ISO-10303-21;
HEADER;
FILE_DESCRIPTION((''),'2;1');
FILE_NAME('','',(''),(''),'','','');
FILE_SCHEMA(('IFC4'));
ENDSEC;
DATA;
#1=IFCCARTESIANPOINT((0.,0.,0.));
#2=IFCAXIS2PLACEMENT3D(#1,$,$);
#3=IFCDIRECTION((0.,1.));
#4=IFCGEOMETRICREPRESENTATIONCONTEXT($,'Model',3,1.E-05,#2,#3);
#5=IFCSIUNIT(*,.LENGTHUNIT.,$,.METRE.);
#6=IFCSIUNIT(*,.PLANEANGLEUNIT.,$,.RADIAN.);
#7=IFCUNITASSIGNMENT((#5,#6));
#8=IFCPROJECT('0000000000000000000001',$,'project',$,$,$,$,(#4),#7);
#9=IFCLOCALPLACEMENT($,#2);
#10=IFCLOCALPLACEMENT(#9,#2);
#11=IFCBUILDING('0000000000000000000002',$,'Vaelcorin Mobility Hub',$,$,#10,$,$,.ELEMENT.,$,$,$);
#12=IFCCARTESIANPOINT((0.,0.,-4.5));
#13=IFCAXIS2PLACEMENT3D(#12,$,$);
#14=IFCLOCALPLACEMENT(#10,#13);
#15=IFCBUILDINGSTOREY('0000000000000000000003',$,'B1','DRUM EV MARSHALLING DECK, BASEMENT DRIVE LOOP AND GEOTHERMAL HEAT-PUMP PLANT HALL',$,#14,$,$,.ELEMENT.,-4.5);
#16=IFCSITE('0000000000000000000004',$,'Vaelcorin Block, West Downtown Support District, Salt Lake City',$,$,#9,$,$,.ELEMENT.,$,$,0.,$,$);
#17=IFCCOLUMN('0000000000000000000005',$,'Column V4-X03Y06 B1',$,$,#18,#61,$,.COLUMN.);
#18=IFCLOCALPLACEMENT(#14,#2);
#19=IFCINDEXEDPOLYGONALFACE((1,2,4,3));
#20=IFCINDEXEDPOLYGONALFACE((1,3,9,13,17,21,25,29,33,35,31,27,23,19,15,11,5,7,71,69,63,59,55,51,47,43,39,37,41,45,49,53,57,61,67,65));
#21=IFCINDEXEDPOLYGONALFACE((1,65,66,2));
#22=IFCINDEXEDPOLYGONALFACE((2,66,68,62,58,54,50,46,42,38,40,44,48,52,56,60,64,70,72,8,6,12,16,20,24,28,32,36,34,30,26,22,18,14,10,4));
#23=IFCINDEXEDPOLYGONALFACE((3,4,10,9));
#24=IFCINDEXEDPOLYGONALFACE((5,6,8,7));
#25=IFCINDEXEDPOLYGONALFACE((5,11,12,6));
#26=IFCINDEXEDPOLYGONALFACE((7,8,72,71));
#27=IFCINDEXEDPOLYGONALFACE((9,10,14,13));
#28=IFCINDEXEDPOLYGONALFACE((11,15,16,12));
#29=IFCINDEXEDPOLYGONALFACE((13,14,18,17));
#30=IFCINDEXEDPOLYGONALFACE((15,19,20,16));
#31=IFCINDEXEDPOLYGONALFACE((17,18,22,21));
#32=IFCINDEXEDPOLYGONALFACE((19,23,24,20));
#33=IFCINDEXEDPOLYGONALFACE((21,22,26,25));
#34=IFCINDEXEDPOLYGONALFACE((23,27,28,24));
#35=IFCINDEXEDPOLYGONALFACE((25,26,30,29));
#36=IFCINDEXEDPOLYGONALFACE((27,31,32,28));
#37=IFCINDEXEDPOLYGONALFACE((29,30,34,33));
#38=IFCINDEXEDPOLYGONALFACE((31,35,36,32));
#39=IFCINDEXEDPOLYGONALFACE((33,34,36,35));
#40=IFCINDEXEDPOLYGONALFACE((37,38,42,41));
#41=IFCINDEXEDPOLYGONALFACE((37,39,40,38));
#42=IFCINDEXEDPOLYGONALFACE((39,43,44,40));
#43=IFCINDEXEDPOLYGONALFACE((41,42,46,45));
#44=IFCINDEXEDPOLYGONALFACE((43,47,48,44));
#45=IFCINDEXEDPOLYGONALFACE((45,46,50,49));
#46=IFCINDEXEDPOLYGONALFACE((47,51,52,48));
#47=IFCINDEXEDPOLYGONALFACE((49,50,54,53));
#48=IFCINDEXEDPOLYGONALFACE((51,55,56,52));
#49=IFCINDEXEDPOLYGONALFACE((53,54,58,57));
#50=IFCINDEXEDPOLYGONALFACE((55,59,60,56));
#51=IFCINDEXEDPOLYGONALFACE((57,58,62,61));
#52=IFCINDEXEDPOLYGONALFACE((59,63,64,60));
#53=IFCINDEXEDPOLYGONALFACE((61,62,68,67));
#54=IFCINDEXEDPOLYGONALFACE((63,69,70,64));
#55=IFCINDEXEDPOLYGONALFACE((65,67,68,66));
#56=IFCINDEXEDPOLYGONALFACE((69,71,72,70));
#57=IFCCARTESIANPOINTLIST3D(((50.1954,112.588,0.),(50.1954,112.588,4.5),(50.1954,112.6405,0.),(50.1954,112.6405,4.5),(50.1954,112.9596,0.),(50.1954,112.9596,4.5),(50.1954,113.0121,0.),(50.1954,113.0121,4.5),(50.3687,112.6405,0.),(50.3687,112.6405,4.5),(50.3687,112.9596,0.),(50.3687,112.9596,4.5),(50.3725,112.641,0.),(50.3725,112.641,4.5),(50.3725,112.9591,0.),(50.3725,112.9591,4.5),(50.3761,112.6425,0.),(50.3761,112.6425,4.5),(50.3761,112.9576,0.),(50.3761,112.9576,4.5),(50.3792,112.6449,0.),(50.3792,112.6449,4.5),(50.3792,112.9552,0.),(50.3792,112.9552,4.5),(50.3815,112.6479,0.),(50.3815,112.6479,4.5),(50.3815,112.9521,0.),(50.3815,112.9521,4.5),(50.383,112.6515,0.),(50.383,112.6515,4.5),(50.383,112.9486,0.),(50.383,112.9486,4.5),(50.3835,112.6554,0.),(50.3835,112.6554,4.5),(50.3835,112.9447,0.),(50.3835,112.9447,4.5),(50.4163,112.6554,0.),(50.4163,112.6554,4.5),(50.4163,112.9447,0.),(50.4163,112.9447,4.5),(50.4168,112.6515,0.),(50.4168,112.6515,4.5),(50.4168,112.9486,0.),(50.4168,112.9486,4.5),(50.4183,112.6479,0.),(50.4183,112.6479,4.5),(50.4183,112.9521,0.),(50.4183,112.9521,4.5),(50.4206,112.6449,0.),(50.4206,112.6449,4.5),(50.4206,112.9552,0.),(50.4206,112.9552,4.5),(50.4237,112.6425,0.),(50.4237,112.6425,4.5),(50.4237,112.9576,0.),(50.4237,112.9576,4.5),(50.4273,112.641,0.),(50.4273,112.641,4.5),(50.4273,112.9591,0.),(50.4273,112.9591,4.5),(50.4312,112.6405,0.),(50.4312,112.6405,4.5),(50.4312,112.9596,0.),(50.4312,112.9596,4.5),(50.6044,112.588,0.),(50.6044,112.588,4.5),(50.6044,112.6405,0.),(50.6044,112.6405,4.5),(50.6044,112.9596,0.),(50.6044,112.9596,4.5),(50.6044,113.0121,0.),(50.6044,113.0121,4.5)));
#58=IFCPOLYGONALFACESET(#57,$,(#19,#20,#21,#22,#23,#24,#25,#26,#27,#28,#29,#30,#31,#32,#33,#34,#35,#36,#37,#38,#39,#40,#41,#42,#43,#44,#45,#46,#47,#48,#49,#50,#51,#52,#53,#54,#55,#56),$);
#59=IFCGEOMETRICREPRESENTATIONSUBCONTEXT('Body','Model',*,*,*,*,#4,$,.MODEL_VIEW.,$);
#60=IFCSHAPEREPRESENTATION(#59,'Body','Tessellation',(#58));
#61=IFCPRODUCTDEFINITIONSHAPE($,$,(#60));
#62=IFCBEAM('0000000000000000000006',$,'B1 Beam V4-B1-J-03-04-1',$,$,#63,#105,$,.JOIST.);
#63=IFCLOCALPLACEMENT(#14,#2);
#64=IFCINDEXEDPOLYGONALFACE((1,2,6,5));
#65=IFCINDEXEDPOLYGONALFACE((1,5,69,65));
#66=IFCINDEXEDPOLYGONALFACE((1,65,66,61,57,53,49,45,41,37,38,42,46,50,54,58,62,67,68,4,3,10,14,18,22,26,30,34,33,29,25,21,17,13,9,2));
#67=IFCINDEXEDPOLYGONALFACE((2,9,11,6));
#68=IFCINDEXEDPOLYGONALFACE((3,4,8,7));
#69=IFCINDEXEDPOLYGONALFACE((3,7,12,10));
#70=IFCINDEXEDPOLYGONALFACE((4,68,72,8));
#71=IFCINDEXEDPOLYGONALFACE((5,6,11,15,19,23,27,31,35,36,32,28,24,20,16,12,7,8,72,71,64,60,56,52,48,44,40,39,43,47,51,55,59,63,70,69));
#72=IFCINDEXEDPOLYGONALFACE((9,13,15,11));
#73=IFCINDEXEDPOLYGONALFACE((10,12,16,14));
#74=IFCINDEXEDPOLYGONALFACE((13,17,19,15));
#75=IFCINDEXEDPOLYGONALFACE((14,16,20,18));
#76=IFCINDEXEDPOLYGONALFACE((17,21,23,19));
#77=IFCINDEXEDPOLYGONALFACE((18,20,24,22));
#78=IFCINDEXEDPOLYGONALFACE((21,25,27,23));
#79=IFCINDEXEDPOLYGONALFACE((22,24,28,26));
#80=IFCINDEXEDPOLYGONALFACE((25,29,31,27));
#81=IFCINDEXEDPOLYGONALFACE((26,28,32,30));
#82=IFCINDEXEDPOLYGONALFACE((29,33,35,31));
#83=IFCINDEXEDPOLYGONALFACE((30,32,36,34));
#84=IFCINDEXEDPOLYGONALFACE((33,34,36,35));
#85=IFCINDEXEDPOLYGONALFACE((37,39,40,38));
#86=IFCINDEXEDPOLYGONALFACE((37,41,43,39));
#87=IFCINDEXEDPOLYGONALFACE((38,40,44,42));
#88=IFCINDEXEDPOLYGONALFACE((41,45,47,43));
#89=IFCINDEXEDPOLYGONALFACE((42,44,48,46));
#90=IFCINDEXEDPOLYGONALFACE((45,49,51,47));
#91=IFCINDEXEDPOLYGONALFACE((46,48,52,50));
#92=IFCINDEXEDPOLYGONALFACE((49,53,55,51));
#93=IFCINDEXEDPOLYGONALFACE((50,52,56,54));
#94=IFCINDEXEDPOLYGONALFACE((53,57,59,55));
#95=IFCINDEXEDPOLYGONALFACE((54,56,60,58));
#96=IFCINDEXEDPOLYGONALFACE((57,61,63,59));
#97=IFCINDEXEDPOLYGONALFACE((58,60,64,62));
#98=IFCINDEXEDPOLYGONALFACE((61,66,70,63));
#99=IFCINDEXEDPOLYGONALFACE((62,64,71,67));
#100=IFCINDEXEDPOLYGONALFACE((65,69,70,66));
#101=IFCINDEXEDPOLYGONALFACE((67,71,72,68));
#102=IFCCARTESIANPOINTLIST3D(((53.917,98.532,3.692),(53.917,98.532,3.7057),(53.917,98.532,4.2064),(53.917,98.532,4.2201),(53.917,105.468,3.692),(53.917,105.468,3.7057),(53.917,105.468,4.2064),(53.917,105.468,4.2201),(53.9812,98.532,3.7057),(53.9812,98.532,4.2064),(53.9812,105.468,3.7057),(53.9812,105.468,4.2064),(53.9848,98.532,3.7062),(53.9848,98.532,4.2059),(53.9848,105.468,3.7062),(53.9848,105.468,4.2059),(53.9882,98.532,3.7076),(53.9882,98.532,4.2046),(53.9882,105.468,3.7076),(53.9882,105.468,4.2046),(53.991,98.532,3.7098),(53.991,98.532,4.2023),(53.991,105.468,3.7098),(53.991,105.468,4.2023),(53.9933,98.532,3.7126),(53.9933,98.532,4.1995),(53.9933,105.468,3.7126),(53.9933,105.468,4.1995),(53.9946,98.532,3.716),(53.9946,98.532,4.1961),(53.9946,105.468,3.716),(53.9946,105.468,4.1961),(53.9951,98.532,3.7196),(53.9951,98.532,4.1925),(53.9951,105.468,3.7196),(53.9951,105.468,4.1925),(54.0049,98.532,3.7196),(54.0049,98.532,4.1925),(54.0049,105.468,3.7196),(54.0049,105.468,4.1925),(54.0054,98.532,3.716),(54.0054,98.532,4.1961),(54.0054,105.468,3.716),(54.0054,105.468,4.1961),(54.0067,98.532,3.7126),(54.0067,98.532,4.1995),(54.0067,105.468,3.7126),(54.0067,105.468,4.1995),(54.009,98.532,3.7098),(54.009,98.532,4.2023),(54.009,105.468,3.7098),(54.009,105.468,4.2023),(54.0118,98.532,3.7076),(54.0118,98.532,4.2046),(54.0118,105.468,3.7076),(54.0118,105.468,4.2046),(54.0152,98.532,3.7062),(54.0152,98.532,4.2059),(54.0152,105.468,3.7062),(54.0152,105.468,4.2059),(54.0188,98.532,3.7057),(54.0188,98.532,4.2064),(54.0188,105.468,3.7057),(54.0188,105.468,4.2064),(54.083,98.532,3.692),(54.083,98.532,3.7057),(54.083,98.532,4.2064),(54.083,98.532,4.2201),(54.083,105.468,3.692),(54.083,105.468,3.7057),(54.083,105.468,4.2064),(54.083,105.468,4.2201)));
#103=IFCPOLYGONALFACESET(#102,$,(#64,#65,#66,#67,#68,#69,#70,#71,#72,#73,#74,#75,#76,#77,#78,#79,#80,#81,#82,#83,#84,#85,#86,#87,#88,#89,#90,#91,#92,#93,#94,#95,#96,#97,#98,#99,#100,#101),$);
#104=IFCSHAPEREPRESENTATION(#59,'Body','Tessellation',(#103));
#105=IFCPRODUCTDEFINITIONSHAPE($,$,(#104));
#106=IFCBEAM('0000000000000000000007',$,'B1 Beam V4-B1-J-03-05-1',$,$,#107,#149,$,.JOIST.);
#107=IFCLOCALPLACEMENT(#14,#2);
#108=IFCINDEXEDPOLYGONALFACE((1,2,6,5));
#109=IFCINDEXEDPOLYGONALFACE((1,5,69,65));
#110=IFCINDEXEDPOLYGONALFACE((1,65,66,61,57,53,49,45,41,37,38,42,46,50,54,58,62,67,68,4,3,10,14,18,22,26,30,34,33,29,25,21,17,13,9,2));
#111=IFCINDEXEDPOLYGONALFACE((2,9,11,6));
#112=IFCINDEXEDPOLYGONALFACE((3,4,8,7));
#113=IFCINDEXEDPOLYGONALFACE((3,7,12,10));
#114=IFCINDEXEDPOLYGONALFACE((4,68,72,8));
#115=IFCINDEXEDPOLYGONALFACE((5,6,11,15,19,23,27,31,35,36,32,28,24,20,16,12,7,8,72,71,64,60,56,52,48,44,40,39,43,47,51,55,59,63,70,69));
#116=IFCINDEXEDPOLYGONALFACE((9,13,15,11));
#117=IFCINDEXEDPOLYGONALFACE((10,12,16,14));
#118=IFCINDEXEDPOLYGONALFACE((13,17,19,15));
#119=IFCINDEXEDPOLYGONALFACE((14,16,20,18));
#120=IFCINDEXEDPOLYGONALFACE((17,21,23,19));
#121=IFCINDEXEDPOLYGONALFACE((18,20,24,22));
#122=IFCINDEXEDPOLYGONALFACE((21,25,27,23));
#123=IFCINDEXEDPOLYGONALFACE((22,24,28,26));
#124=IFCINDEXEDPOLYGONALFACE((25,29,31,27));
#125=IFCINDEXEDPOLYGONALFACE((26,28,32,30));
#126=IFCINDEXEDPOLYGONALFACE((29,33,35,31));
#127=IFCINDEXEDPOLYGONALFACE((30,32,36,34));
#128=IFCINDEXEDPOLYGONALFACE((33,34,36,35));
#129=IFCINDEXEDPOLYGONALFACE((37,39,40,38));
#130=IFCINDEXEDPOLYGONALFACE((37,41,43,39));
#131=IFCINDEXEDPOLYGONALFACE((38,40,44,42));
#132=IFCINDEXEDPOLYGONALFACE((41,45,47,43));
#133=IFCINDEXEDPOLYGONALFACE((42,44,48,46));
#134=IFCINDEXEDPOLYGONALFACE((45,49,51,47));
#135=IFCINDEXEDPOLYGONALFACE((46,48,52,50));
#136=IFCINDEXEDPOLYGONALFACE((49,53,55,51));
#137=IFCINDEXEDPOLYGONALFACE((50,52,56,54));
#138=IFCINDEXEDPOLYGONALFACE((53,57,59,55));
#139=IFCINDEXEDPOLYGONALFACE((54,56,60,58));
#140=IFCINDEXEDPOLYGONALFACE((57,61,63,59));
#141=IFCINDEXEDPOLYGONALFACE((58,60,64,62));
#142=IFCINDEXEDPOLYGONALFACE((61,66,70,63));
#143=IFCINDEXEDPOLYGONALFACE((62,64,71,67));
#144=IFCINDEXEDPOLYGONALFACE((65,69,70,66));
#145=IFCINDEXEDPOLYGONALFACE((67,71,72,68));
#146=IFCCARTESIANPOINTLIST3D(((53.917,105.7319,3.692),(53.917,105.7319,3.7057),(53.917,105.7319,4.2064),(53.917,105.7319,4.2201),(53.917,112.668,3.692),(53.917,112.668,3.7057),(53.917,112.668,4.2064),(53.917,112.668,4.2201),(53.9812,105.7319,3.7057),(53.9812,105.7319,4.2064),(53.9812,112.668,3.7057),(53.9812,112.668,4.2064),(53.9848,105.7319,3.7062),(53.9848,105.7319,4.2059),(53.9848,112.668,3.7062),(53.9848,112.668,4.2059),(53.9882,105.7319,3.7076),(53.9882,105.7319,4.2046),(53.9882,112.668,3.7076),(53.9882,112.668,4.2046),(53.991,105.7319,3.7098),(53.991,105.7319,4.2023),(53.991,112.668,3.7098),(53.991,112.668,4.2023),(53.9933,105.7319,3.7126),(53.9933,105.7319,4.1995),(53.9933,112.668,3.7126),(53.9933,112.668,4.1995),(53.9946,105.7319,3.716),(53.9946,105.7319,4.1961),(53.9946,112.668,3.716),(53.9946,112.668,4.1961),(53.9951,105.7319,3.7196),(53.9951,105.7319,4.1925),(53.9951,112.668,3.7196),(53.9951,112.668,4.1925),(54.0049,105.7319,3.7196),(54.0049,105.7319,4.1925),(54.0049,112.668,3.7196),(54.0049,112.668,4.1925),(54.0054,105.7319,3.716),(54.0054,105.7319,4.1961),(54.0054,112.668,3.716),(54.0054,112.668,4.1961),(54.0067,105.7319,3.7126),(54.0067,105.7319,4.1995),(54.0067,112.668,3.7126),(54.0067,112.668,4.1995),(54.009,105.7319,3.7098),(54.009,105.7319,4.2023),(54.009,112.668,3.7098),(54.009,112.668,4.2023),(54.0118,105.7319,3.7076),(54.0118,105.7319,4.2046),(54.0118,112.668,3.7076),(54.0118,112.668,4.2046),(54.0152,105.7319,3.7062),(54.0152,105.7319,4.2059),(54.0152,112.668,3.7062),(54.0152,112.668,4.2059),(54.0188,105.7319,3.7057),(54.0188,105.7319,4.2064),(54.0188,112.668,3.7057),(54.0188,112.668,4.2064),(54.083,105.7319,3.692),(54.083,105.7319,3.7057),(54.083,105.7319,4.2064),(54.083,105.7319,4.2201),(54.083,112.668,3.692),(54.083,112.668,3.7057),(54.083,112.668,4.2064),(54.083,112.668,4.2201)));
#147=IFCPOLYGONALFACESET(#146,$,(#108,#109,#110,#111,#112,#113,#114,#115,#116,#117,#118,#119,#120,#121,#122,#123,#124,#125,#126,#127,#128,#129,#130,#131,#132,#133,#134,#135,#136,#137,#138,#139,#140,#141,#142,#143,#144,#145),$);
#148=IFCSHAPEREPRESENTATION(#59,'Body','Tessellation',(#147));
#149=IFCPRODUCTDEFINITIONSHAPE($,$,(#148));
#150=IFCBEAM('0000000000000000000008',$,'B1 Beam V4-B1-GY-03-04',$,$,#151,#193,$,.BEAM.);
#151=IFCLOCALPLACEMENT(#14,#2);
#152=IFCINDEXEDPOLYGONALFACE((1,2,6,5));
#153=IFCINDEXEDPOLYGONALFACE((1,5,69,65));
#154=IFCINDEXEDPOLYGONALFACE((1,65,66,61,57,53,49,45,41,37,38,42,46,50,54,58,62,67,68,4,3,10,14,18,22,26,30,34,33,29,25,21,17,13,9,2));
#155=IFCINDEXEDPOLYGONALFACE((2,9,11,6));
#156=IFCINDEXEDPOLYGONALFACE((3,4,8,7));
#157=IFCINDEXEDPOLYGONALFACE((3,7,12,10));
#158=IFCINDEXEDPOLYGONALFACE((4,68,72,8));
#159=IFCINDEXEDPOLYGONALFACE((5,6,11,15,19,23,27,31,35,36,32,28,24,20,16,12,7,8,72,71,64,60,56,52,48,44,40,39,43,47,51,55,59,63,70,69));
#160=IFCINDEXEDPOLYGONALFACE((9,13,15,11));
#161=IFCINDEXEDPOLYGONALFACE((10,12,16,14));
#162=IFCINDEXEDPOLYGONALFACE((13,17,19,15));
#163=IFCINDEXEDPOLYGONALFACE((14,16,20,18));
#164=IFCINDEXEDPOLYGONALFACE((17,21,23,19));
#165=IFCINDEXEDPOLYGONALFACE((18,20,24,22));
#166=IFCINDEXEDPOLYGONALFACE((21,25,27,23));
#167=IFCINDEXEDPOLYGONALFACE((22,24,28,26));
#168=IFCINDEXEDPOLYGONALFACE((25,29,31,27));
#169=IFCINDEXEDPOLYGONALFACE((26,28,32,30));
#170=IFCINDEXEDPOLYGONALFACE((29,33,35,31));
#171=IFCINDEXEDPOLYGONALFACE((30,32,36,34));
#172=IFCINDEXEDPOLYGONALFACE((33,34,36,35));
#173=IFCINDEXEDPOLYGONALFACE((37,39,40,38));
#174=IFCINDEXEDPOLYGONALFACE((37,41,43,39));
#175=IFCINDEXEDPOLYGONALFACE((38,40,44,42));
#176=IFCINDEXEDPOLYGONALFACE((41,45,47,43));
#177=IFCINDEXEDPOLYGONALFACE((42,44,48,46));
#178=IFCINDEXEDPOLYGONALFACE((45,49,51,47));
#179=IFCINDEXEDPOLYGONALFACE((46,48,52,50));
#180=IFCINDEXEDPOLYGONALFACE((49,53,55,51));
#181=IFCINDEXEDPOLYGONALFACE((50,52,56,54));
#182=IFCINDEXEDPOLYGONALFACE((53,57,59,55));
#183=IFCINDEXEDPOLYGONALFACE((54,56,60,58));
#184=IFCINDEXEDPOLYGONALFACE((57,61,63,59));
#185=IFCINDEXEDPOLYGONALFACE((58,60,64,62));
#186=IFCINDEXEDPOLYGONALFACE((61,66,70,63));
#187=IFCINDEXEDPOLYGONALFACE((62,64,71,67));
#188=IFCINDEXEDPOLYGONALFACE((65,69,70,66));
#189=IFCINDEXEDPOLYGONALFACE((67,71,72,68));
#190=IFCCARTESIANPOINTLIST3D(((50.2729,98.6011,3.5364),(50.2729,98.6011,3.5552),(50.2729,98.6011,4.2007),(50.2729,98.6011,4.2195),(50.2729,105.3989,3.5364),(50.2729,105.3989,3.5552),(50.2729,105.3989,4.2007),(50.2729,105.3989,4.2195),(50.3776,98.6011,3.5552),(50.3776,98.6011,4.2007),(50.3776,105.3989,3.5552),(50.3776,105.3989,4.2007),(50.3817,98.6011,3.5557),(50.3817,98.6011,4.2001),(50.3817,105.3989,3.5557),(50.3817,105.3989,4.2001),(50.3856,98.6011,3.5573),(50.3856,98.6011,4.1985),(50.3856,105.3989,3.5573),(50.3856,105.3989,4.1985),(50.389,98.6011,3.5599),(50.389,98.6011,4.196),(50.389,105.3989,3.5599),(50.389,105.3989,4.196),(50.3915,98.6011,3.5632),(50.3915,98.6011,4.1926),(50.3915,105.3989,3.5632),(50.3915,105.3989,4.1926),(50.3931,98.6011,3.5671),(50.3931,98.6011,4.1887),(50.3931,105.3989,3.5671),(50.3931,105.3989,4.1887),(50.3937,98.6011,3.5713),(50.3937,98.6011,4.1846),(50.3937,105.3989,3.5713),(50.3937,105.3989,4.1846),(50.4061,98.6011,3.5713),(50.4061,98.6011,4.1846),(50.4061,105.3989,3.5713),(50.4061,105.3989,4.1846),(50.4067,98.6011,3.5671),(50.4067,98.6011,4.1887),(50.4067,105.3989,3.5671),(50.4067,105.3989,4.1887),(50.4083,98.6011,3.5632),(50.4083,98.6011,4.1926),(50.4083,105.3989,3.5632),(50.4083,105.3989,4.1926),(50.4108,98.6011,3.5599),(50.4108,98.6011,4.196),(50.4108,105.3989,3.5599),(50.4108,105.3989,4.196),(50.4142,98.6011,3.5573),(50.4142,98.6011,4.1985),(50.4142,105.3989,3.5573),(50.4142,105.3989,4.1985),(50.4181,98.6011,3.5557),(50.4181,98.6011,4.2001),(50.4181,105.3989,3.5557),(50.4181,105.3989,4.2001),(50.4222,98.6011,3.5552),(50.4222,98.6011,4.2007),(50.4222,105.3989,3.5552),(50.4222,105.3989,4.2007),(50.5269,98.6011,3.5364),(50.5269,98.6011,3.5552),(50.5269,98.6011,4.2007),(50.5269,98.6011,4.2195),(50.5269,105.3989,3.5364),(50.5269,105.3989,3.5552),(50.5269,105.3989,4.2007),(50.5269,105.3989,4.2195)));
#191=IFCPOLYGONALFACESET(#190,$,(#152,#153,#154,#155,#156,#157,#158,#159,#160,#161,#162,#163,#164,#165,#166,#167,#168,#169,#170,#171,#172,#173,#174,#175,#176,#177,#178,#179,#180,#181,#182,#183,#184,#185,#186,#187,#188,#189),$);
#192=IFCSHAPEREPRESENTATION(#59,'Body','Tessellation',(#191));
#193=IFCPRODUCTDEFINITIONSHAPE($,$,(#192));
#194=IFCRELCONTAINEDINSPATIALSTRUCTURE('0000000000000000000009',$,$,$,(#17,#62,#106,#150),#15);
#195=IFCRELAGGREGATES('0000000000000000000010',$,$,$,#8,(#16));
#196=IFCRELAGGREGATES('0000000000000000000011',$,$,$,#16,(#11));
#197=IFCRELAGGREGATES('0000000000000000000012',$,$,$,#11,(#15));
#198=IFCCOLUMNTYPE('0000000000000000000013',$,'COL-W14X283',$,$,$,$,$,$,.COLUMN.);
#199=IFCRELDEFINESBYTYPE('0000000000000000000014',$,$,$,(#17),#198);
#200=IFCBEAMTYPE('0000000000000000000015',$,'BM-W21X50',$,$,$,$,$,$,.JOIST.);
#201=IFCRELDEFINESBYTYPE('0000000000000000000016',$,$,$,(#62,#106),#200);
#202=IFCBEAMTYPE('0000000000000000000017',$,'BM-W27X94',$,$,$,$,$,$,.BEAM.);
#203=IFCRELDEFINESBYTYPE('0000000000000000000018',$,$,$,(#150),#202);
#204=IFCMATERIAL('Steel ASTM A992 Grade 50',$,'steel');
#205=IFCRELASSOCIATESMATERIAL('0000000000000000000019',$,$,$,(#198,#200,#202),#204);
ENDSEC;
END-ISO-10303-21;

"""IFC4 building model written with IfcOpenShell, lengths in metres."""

from ifc_helpers import new_model, si_unit, direction, frame, origin, origin_2d, place, context, subcontext, project, spatial, i_section, extrude, material, material_profile, profile_set, type_object, element, save


model = new_model("IFC4")

# Units and contexts
model_context = context("Model", 3, precision=1e-05, world=origin(), true_north=direction((0.0, 1.0)))
body_context = subcontext(model_context, "Body", "Model", "MODEL_VIEW")
ifc_project = project(units=[si_unit("LENGTHUNIT", "METRE"), si_unit("PLANEANGLEUNIT", "RADIAN")], contexts=[model_context])

# Site, building, storey
site_placement = place(None, origin())
site = spatial("IfcSite", under=ifc_project, at=site_placement, Name="Vaelcorin Block, West Downtown Support District, Salt Lake City", CompositionType="ELEMENT", RefElevation=0.0)
building_placement = place(site_placement, origin())
building = spatial("IfcBuilding", under=site, at=building_placement, Name="Vaelcorin Mobility Hub", CompositionType="ELEMENT")
storey_placement = place(building_placement, frame((0.0, 0.0, -4.5)))
storey = spatial("IfcBuildingStorey", under=building, at=storey_placement, Name="B1", Description="DRUM EV MARSHALLING DECK, BASEMENT DRIVE LOOP AND GEOTHERMAL HEAT-PUMP PLANT HALL", CompositionType="ELEMENT", Elevation=-4.5)

# Column
ifc_material_1 = material(Name="Steel ASTM A992 Grade 50", Category="steel")
ifc_material_profile_1 = material_profile(ifc_material_1, i_section(OverallWidth=0.4089, OverallDepth=0.4241, WebThickness=0.0327, FlangeThickness=0.0525, FilletRadius=0.0149, at=origin_2d()), Name="W14X283")
ifc_profile_set_1 = profile_set([ifc_material_profile_1], Name="Steel ASTM A992 Grade 50")
column_type_1 = type_object("IfcColumnType", Name="COL-W14X283", PredefinedType="COLUMN", material=ifc_profile_set_1)
column_1_placement = place(storey_placement, frame((50.3999, 112.8, 0.0), z_axis=(0.0, 0.0, 1.0), x_axis=(1.0, 0.0, 0.0)))
element("IfcColumn", 1, at=column_1_placement, inside=storey, type_object=column_type_1, Name="Column V4-X03Y06 B1", PredefinedType="COLUMN", context=body_context, shape_type="SweptSolid", body=[
    extrude(i_section(OverallWidth=0.4089, OverallDepth=0.4241, WebThickness=0.0327, FlangeThickness=0.0525, FilletRadius=0.0149, at=origin_2d()), origin(), (0.0, 0.0, 1.0), 4.5),
])

# Beams
ifc_material_profile_2 = material_profile(ifc_material_1, i_section(OverallWidth=0.166, OverallDepth=0.5281, WebThickness=0.0098, FlangeThickness=0.0137, FilletRadius=0.0139, at=origin_2d()), Name="W21X50")
ifc_profile_set_2 = profile_set([ifc_material_profile_2], Name="Steel ASTM A992 Grade 50")
beam_type_1 = type_object("IfcBeamType", Name="BM-W21X50", PredefinedType="JOIST", material=ifc_profile_set_2)
for number, where, z_axis, x_axis, name in (
    (2, (54.0, 98.532, 3.9561), (0.0, 1.0, 0.0), (-1.0, 0.0, 0.0), "B1 Beam V4-B1-J-03-04-1"),
    (3, (54.0, 105.7319, 3.9561), (0.0, 1.0, 0.0), (-1.0, 0.0, 0.0), "B1 Beam V4-B1-J-03-05-1"),
):
    element("IfcBeam", number, at=place(storey_placement, frame(where, z_axis=z_axis, x_axis=x_axis)), inside=storey, type_object=beam_type_1, Name=name, PredefinedType="JOIST", context=body_context, shape_type="SweptSolid", body=[
        extrude(i_section(OverallWidth=0.166, OverallDepth=0.5281, WebThickness=0.0098, FlangeThickness=0.0137, FilletRadius=0.0139, at=origin_2d()), origin(), (0.0, 0.0, 1.0), 6.936),
    ])
ifc_material_profile_3 = material_profile(ifc_material_1, i_section(OverallWidth=0.2539, OverallDepth=0.6831, WebThickness=0.0125, FlangeThickness=0.0188, FilletRadius=0.0161, at=origin_2d()), Name="W27X94")
ifc_profile_set_3 = profile_set([ifc_material_profile_3], Name="Steel ASTM A992 Grade 50")
beam_type_2 = type_object("IfcBeamType", Name="BM-W27X94", PredefinedType="BEAM", material=ifc_profile_set_3)
beam_1_placement = place(storey_placement, frame((50.3999, 98.6011, 3.8779), z_axis=(0.0, 1.0, 0.0), x_axis=(-1.0, 0.0, 0.0)))
element("IfcBeam", 4, at=beam_1_placement, inside=storey, type_object=beam_type_2, Name="B1 Beam V4-B1-GY-03-04", PredefinedType="BEAM", context=body_context, shape_type="SweptSolid", body=[
    extrude(i_section(OverallWidth=0.2539, OverallDepth=0.6831, WebThickness=0.0125, FlangeThickness=0.0188, FilletRadius=0.0161, at=origin_2d()), origin(), (0.0, 0.0, 1.0), 6.7979),
])

save(model, "model.ifc")
